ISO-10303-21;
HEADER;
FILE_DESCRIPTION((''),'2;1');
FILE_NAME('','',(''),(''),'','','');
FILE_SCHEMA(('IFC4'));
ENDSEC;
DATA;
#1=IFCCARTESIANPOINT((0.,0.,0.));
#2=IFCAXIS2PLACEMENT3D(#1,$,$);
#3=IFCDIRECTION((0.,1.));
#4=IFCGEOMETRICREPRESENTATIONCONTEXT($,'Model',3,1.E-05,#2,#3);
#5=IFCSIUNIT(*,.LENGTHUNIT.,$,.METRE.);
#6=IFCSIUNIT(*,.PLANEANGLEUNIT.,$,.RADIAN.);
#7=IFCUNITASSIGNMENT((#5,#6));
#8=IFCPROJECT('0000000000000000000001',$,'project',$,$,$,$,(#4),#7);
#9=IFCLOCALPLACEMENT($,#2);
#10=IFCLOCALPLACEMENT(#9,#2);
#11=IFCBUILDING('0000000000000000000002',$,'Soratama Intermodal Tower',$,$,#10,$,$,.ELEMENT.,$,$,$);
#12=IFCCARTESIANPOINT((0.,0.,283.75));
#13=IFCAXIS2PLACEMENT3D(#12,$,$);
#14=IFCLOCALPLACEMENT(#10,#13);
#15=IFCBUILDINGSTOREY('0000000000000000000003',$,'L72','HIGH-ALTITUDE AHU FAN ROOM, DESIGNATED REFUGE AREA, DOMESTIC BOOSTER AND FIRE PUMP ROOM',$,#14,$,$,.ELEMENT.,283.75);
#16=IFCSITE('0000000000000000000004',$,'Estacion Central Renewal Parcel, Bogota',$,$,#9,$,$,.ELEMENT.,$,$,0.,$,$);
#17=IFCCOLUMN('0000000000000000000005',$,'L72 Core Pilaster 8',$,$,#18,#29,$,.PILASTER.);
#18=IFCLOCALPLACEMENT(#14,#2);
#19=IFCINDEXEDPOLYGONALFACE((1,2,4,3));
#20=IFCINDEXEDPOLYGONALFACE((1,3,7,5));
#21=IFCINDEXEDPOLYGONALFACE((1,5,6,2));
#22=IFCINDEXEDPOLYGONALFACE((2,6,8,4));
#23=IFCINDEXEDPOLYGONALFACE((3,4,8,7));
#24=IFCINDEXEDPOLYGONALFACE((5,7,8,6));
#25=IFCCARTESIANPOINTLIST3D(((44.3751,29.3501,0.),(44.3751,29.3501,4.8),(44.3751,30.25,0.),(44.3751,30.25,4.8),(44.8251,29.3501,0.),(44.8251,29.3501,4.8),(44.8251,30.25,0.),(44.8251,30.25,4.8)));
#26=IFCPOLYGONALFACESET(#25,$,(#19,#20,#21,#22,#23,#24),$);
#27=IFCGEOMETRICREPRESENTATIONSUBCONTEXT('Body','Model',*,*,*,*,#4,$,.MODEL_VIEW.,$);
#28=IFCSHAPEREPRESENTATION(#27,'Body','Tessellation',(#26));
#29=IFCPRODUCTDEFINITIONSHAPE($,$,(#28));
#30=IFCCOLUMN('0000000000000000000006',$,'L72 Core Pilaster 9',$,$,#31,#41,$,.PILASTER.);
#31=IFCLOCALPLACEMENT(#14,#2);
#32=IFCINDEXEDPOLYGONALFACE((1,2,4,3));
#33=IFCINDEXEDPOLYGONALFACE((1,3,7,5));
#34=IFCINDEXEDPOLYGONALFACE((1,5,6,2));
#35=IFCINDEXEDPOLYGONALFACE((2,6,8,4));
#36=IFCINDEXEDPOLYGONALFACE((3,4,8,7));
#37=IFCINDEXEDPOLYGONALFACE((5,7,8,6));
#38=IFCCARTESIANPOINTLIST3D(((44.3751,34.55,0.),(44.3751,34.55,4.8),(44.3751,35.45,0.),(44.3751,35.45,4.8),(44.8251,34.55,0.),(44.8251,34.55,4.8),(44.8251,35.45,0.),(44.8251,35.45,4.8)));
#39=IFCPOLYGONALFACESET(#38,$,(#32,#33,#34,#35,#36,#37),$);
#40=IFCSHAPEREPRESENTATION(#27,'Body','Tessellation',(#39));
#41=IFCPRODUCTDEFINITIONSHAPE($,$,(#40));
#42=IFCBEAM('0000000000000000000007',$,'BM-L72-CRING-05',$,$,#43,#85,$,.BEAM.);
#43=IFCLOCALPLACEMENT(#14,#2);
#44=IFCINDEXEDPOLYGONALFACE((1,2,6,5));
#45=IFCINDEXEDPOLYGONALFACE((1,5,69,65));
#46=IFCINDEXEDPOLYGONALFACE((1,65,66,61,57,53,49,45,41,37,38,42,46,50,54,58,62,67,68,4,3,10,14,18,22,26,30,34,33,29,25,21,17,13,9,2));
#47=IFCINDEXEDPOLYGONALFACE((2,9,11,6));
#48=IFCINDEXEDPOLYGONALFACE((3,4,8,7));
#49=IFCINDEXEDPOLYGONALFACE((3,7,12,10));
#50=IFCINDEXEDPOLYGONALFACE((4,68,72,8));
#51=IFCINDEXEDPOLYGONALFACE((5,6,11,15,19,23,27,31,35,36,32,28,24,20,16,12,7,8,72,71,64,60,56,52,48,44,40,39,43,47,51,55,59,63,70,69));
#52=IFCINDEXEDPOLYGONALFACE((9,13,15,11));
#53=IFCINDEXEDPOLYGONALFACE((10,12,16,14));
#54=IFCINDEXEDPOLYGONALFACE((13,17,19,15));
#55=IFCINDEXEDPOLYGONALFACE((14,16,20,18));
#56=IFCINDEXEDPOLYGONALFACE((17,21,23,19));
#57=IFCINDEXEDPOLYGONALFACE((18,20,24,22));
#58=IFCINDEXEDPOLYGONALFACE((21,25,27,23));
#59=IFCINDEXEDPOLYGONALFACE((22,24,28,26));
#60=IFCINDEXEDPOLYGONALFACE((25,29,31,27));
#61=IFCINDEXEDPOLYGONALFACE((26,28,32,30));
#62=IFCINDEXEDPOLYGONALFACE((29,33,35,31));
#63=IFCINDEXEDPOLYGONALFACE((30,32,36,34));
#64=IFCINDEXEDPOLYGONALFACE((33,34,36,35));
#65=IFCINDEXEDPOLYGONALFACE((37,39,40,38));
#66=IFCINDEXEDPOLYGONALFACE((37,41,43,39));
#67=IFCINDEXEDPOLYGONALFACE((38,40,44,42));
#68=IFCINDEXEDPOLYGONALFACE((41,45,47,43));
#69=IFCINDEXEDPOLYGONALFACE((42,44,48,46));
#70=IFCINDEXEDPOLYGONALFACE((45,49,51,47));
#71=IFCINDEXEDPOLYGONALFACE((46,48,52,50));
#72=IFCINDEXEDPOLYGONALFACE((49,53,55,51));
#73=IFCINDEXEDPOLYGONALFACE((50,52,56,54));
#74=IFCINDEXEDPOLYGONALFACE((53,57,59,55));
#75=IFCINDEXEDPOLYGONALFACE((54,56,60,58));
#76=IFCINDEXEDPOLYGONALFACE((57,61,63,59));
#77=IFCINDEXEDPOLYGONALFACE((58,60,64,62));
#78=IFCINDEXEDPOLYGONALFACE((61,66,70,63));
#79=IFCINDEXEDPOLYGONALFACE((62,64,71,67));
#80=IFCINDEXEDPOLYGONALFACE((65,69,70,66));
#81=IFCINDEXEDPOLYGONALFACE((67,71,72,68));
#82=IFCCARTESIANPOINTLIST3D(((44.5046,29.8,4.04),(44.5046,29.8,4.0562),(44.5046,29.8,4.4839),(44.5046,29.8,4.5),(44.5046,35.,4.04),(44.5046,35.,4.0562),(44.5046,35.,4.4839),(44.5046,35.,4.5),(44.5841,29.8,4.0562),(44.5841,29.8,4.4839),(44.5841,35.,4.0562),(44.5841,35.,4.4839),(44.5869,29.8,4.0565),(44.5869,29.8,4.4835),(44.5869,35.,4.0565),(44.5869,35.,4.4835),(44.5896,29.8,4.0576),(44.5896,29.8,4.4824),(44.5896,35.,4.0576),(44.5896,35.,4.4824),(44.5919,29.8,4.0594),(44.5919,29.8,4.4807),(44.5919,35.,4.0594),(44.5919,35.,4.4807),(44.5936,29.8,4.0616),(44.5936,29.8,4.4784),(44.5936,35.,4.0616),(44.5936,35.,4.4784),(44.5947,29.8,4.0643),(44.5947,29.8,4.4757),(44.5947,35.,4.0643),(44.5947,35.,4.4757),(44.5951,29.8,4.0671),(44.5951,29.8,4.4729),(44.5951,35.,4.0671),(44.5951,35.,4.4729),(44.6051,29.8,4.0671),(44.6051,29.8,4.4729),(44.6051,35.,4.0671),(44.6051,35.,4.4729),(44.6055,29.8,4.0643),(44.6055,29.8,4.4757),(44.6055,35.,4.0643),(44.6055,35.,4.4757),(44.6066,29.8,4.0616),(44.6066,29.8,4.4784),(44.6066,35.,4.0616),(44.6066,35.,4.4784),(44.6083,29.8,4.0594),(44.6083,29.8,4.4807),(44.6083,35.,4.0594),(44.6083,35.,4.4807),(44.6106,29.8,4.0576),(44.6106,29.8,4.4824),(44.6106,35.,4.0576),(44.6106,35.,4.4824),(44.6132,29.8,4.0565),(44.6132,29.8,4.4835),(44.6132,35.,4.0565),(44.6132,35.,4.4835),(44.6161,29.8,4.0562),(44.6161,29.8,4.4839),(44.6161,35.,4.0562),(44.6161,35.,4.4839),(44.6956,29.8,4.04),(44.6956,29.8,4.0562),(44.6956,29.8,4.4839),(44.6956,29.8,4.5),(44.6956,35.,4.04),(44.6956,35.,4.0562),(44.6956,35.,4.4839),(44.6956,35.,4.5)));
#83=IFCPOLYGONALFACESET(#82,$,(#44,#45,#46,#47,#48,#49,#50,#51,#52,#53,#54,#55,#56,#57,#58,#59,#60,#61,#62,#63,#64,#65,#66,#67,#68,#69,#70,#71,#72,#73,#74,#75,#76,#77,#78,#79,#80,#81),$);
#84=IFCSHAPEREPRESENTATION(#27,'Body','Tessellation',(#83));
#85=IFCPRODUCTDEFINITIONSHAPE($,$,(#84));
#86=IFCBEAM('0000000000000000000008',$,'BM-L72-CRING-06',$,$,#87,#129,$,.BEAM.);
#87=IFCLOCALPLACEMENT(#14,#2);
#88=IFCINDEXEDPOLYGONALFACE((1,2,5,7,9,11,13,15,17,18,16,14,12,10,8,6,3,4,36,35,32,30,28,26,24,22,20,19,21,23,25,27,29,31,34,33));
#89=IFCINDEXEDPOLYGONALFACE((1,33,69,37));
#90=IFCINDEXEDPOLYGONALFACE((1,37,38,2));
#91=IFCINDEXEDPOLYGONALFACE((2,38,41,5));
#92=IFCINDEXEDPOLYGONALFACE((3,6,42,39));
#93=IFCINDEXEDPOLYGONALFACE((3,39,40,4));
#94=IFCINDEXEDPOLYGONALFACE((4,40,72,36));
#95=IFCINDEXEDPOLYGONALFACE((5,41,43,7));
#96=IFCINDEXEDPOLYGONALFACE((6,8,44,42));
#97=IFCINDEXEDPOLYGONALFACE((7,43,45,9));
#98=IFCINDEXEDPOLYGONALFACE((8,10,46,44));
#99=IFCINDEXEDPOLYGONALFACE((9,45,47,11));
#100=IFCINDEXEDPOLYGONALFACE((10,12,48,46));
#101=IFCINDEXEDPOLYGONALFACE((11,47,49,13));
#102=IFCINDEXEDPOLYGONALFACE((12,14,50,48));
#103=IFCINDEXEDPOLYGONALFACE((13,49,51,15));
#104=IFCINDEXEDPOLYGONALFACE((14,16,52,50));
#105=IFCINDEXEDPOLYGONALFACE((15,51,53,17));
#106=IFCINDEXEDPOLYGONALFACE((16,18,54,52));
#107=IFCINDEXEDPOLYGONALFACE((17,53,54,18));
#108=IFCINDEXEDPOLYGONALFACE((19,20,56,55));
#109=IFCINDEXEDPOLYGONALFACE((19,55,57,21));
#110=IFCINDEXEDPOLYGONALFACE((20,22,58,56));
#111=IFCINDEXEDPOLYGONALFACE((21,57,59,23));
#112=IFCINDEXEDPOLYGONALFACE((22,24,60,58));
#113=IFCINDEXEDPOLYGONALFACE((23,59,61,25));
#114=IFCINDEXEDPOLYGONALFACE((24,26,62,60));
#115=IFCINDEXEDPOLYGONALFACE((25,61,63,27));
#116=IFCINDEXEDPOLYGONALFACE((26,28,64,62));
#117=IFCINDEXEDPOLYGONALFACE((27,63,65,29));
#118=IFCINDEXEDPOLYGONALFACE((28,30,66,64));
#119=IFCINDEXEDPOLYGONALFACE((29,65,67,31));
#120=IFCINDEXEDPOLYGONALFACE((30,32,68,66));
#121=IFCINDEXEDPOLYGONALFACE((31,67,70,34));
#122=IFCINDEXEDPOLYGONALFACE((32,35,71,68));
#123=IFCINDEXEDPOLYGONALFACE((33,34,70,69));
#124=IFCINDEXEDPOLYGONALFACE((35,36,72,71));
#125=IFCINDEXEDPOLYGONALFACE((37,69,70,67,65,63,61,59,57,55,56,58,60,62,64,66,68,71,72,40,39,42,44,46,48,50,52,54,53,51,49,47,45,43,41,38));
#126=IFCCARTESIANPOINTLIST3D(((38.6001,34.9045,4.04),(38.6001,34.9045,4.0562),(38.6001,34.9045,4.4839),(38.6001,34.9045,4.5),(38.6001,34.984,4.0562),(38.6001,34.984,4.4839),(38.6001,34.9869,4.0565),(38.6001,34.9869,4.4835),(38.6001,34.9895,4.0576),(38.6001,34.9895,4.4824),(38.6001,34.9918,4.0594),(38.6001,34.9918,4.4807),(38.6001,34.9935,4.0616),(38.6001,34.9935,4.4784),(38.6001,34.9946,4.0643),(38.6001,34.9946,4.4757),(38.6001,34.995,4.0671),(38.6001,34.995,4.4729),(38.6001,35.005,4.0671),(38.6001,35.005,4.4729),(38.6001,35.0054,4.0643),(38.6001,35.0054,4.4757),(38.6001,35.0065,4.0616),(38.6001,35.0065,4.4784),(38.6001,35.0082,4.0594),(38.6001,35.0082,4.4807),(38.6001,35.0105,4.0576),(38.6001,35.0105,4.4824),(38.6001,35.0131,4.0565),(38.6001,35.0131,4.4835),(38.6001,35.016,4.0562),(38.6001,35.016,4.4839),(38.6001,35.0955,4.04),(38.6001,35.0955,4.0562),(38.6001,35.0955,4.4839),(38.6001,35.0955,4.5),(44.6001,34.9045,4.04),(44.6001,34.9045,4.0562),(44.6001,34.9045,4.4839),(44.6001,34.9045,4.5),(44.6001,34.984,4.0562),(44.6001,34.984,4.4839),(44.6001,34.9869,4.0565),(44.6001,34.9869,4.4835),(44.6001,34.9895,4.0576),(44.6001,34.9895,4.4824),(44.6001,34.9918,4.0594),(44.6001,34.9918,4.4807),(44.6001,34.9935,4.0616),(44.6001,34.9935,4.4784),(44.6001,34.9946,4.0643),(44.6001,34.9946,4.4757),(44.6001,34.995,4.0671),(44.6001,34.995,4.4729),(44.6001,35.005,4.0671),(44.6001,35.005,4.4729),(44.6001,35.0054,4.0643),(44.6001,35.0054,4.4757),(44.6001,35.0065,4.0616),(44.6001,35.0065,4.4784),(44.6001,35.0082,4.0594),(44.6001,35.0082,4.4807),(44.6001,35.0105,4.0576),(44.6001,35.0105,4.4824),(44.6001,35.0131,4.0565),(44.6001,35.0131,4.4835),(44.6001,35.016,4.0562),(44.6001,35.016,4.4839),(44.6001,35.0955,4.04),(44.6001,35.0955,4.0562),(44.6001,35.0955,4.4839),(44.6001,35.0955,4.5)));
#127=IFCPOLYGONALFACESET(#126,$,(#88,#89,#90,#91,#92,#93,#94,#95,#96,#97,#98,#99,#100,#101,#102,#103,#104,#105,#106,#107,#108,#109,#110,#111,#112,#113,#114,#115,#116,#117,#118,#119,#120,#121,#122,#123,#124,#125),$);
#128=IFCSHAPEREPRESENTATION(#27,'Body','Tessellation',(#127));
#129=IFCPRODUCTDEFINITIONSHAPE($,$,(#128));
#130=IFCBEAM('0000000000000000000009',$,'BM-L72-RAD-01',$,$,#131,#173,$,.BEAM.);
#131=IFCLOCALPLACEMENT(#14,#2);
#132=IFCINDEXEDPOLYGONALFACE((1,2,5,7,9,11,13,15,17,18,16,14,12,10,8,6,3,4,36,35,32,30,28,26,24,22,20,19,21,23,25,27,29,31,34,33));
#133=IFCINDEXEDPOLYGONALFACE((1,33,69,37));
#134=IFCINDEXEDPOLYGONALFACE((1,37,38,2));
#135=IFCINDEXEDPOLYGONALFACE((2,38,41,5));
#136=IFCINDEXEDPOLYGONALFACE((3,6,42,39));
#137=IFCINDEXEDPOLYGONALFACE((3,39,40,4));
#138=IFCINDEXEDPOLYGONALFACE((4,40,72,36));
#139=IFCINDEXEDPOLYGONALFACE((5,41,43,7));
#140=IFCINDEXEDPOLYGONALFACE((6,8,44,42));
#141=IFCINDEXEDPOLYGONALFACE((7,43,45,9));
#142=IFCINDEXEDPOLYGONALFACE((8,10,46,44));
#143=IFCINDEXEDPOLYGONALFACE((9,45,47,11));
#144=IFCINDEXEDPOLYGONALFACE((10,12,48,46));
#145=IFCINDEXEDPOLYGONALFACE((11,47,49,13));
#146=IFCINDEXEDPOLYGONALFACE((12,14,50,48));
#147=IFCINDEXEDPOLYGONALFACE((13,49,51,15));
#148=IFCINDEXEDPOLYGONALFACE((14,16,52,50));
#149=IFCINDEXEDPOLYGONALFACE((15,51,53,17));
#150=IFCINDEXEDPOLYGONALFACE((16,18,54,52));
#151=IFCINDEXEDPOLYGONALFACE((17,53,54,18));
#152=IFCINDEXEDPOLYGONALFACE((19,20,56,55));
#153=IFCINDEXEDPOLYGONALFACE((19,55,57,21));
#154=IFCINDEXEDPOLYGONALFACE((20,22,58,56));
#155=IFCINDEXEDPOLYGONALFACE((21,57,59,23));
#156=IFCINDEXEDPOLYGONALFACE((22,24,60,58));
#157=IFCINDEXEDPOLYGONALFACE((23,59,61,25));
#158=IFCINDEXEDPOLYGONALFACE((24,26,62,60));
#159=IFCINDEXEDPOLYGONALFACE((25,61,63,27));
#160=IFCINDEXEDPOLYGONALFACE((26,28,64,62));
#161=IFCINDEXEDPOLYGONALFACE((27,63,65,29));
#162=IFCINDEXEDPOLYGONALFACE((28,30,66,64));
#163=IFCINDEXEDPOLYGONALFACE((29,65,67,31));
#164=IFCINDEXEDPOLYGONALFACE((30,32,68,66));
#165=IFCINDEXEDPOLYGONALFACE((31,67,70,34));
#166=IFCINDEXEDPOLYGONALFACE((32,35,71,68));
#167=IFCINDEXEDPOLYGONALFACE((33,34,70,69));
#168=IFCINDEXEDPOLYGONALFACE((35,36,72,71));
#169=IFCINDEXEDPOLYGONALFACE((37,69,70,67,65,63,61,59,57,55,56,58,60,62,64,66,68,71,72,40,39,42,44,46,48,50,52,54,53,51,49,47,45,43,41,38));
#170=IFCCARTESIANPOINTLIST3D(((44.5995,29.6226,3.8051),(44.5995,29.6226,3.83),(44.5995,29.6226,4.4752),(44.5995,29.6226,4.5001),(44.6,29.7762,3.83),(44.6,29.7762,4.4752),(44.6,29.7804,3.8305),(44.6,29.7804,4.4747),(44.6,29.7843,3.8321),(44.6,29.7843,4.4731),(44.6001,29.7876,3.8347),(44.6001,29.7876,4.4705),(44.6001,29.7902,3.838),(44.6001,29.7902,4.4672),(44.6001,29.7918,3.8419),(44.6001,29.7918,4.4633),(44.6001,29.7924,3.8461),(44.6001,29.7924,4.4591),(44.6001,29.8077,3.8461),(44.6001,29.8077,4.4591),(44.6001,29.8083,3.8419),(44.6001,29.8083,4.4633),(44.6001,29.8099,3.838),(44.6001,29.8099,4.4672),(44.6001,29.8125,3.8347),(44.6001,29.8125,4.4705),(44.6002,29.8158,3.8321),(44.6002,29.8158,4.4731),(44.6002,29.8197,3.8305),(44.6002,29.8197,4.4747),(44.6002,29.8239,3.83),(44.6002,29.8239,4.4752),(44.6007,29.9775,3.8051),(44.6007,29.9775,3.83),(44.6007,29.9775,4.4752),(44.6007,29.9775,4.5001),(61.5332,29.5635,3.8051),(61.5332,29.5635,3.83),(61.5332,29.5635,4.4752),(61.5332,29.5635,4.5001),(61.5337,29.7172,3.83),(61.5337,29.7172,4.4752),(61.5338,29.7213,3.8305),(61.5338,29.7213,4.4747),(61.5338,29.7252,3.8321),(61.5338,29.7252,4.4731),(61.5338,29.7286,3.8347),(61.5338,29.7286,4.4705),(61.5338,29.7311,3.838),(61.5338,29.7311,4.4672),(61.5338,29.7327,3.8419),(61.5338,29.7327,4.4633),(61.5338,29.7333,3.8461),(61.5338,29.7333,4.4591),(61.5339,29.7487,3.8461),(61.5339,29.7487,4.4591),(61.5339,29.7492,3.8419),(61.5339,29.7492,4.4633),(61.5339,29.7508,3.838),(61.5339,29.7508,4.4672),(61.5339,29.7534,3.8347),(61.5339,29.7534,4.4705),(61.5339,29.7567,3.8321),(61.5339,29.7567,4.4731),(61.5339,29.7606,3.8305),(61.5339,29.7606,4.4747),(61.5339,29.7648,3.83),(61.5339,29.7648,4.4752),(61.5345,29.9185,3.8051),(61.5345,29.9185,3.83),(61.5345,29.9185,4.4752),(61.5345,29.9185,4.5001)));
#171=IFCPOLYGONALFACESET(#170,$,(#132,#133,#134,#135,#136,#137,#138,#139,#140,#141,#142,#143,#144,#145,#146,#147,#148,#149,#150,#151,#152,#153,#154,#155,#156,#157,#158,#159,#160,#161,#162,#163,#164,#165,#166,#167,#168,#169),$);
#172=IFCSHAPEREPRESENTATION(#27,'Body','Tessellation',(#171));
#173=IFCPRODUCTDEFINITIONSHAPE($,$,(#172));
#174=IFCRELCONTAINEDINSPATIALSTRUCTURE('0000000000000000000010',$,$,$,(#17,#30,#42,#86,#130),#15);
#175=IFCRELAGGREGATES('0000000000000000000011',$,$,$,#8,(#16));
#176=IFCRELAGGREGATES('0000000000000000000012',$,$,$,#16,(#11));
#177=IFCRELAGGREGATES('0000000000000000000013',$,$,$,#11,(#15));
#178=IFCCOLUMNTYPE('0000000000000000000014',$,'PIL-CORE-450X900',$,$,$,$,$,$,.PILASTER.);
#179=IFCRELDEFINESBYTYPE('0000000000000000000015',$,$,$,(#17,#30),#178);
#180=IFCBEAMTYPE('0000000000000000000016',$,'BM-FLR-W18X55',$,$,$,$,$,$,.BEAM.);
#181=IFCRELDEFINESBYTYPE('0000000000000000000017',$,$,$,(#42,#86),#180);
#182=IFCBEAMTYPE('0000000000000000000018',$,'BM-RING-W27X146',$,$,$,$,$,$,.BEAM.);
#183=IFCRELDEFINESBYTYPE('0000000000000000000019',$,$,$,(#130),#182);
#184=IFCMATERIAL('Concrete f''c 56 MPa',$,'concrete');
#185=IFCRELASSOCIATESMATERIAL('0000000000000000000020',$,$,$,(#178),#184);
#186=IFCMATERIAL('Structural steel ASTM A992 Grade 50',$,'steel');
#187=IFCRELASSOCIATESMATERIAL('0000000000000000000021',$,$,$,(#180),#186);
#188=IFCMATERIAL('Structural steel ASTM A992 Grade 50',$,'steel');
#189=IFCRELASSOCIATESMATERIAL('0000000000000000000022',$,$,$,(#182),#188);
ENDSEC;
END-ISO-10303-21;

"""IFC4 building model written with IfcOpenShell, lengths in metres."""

from ifc_helpers import new_model, si_unit, direction, frame, origin, origin_2d, place, context, subcontext, project, spatial, rectangle, i_section, extrude, material, material_profile, profile_set, type_object, element, save


model = new_model("IFC4")

# Units and contexts
model_context = context("Model", 3, precision=1e-05, world=origin(), true_north=direction((0.0, 1.0)))
body_context = subcontext(model_context, "Body", "Model", "MODEL_VIEW")
ifc_project = project(units=[si_unit("LENGTHUNIT", "METRE"), si_unit("PLANEANGLEUNIT", "RADIAN")], contexts=[model_context])

# Site, building, storey
site_placement = place(None, origin())
site = spatial("IfcSite", under=ifc_project, at=site_placement, Name="Estacion Central Renewal Parcel, Bogota", CompositionType="ELEMENT", RefElevation=0.0)
building_placement = place(site_placement, origin())
building = spatial("IfcBuilding", under=site, at=building_placement, Name="Soratama Intermodal Tower", CompositionType="ELEMENT")
storey_placement = place(building_placement, frame((0.0, 0.0, 283.75)))
storey = spatial("IfcBuildingStorey", under=building, at=storey_placement, Name="L72", Description="HIGH-ALTITUDE AHU FAN ROOM, DESIGNATED REFUGE AREA, DOMESTIC BOOSTER AND FIRE PUMP ROOM", CompositionType="ELEMENT", Elevation=283.75)

# Columns
ifc_material_1 = material(Name="Concrete f'c 56 MPa", Category="concrete")
ifc_material_profile_1 = material_profile(ifc_material_1, rectangle(XDim=0.45, YDim=0.8999, at=origin_2d()), Name="RC450X900")
ifc_profile_set_1 = profile_set([ifc_material_profile_1], Name="Concrete f'c 56 MPa")
column_type = type_object("IfcColumnType", Name="PIL-CORE-450X900", PredefinedType="PILASTER", material=ifc_profile_set_1)
for number, where, z_axis, x_axis, name in (
    (1, (44.6001, 29.8, 0.0), (0.0, 0.0, 1.0), (1.0, 0.0, 0.0), "L72 Core Pilaster 8"),
    (2, (44.6001, 35.0, 0.0), (0.0, 0.0, 1.0), (1.0, 0.0, 0.0), "L72 Core Pilaster 9"),
):
    element("IfcColumn", number, at=place(storey_placement, frame(where, z_axis=z_axis, x_axis=x_axis)), inside=storey, type_object=column_type, Name=name, PredefinedType="PILASTER", context=body_context, shape_type="SweptSolid", body=[
        extrude(rectangle(XDim=0.45, YDim=0.8999, at=origin_2d()), origin(), (0.0, 0.0, 1.0), 4.8),
    ])

# Beams
ifc_material_2 = material(Name="Structural steel ASTM A992 Grade 50", Category="steel")
ifc_material_profile_2 = material_profile(ifc_material_2, i_section(OverallWidth=0.1909, OverallDepth=0.46, WebThickness=0.01, FlangeThickness=0.0161, FilletRadius=0.011, at=origin_2d()), Name="W18X55")
ifc_profile_set_2 = profile_set([ifc_material_profile_2], Name="Structural steel ASTM A992 Grade 50")
beam_type_1 = type_object("IfcBeamType", Name="BM-FLR-W18X55", PredefinedType="BEAM", material=ifc_profile_set_2)
beam_1_placement = place(storey_placement, frame((44.6001, 29.8, 4.27), z_axis=(0.0, 1.0, 0.0), x_axis=(-1.0, 0.0, 0.0)))
element("IfcBeam", 3, at=beam_1_placement, inside=storey, type_object=beam_type_1, Name="BM-L72-CRING-05", PredefinedType="BEAM", context=body_context, shape_type="SweptSolid", body=[
    extrude(i_section(OverallWidth=0.1909, OverallDepth=0.46, WebThickness=0.01, FlangeThickness=0.0161, FilletRadius=0.011, at=origin_2d()), origin(), (0.0, 0.0, 1.0), 5.2),
])
beam_2_placement = place(storey_placement, frame((44.6001, 35.0, 4.27), z_axis=(-1.0, 0.0, 0.0), x_axis=(0.0, -1.0, 0.0)))
element("IfcBeam", 4, at=beam_2_placement, inside=storey, type_object=beam_type_1, Name="BM-L72-CRING-06", PredefinedType="BEAM", context=body_context, shape_type="SweptSolid", body=[
    extrude(i_section(OverallWidth=0.1909, OverallDepth=0.46, WebThickness=0.01, FlangeThickness=0.0161, FilletRadius=0.011, at=origin_2d()), origin(), (0.0, 0.0, 1.0), 6.0),
])
ifc_material_3 = material(Name="Structural steel ASTM A992 Grade 50", Category="steel")
ifc_material_profile_3 = material_profile(ifc_material_3, i_section(OverallWidth=0.355, OverallDepth=0.6951, WebThickness=0.0154, FlangeThickness=0.0249, FilletRadius=0.0161, at=origin_2d()), Name="W27X146")
ifc_profile_set_3 = profile_set([ifc_material_profile_3], Name="Structural steel ASTM A992 Grade 50")
beam_type_2 = type_object("IfcBeamType", Name="BM-RING-W27X146", PredefinedType="BEAM", material=ifc_profile_set_3)
beam_3_placement = place(storey_placement, frame((44.6001, 29.8, 4.1526), z_axis=(0.999994, -0.003489, 0.0), x_axis=(0.003489, 0.999994, 0.0)))
element("IfcBeam", 5, at=beam_3_placement, inside=storey, type_object=beam_type_2, Name="BM-L72-RAD-01", PredefinedType="BEAM", context=body_context, shape_type="SweptSolid", body=[
    extrude(i_section(OverallWidth=0.355, OverallDepth=0.6951, WebThickness=0.0154, FlangeThickness=0.0249, FilletRadius=0.0161, at=origin_2d()), origin(), (0.0, 0.0, 1.0), 16.9338),
])

save(model, "model.ifc")
